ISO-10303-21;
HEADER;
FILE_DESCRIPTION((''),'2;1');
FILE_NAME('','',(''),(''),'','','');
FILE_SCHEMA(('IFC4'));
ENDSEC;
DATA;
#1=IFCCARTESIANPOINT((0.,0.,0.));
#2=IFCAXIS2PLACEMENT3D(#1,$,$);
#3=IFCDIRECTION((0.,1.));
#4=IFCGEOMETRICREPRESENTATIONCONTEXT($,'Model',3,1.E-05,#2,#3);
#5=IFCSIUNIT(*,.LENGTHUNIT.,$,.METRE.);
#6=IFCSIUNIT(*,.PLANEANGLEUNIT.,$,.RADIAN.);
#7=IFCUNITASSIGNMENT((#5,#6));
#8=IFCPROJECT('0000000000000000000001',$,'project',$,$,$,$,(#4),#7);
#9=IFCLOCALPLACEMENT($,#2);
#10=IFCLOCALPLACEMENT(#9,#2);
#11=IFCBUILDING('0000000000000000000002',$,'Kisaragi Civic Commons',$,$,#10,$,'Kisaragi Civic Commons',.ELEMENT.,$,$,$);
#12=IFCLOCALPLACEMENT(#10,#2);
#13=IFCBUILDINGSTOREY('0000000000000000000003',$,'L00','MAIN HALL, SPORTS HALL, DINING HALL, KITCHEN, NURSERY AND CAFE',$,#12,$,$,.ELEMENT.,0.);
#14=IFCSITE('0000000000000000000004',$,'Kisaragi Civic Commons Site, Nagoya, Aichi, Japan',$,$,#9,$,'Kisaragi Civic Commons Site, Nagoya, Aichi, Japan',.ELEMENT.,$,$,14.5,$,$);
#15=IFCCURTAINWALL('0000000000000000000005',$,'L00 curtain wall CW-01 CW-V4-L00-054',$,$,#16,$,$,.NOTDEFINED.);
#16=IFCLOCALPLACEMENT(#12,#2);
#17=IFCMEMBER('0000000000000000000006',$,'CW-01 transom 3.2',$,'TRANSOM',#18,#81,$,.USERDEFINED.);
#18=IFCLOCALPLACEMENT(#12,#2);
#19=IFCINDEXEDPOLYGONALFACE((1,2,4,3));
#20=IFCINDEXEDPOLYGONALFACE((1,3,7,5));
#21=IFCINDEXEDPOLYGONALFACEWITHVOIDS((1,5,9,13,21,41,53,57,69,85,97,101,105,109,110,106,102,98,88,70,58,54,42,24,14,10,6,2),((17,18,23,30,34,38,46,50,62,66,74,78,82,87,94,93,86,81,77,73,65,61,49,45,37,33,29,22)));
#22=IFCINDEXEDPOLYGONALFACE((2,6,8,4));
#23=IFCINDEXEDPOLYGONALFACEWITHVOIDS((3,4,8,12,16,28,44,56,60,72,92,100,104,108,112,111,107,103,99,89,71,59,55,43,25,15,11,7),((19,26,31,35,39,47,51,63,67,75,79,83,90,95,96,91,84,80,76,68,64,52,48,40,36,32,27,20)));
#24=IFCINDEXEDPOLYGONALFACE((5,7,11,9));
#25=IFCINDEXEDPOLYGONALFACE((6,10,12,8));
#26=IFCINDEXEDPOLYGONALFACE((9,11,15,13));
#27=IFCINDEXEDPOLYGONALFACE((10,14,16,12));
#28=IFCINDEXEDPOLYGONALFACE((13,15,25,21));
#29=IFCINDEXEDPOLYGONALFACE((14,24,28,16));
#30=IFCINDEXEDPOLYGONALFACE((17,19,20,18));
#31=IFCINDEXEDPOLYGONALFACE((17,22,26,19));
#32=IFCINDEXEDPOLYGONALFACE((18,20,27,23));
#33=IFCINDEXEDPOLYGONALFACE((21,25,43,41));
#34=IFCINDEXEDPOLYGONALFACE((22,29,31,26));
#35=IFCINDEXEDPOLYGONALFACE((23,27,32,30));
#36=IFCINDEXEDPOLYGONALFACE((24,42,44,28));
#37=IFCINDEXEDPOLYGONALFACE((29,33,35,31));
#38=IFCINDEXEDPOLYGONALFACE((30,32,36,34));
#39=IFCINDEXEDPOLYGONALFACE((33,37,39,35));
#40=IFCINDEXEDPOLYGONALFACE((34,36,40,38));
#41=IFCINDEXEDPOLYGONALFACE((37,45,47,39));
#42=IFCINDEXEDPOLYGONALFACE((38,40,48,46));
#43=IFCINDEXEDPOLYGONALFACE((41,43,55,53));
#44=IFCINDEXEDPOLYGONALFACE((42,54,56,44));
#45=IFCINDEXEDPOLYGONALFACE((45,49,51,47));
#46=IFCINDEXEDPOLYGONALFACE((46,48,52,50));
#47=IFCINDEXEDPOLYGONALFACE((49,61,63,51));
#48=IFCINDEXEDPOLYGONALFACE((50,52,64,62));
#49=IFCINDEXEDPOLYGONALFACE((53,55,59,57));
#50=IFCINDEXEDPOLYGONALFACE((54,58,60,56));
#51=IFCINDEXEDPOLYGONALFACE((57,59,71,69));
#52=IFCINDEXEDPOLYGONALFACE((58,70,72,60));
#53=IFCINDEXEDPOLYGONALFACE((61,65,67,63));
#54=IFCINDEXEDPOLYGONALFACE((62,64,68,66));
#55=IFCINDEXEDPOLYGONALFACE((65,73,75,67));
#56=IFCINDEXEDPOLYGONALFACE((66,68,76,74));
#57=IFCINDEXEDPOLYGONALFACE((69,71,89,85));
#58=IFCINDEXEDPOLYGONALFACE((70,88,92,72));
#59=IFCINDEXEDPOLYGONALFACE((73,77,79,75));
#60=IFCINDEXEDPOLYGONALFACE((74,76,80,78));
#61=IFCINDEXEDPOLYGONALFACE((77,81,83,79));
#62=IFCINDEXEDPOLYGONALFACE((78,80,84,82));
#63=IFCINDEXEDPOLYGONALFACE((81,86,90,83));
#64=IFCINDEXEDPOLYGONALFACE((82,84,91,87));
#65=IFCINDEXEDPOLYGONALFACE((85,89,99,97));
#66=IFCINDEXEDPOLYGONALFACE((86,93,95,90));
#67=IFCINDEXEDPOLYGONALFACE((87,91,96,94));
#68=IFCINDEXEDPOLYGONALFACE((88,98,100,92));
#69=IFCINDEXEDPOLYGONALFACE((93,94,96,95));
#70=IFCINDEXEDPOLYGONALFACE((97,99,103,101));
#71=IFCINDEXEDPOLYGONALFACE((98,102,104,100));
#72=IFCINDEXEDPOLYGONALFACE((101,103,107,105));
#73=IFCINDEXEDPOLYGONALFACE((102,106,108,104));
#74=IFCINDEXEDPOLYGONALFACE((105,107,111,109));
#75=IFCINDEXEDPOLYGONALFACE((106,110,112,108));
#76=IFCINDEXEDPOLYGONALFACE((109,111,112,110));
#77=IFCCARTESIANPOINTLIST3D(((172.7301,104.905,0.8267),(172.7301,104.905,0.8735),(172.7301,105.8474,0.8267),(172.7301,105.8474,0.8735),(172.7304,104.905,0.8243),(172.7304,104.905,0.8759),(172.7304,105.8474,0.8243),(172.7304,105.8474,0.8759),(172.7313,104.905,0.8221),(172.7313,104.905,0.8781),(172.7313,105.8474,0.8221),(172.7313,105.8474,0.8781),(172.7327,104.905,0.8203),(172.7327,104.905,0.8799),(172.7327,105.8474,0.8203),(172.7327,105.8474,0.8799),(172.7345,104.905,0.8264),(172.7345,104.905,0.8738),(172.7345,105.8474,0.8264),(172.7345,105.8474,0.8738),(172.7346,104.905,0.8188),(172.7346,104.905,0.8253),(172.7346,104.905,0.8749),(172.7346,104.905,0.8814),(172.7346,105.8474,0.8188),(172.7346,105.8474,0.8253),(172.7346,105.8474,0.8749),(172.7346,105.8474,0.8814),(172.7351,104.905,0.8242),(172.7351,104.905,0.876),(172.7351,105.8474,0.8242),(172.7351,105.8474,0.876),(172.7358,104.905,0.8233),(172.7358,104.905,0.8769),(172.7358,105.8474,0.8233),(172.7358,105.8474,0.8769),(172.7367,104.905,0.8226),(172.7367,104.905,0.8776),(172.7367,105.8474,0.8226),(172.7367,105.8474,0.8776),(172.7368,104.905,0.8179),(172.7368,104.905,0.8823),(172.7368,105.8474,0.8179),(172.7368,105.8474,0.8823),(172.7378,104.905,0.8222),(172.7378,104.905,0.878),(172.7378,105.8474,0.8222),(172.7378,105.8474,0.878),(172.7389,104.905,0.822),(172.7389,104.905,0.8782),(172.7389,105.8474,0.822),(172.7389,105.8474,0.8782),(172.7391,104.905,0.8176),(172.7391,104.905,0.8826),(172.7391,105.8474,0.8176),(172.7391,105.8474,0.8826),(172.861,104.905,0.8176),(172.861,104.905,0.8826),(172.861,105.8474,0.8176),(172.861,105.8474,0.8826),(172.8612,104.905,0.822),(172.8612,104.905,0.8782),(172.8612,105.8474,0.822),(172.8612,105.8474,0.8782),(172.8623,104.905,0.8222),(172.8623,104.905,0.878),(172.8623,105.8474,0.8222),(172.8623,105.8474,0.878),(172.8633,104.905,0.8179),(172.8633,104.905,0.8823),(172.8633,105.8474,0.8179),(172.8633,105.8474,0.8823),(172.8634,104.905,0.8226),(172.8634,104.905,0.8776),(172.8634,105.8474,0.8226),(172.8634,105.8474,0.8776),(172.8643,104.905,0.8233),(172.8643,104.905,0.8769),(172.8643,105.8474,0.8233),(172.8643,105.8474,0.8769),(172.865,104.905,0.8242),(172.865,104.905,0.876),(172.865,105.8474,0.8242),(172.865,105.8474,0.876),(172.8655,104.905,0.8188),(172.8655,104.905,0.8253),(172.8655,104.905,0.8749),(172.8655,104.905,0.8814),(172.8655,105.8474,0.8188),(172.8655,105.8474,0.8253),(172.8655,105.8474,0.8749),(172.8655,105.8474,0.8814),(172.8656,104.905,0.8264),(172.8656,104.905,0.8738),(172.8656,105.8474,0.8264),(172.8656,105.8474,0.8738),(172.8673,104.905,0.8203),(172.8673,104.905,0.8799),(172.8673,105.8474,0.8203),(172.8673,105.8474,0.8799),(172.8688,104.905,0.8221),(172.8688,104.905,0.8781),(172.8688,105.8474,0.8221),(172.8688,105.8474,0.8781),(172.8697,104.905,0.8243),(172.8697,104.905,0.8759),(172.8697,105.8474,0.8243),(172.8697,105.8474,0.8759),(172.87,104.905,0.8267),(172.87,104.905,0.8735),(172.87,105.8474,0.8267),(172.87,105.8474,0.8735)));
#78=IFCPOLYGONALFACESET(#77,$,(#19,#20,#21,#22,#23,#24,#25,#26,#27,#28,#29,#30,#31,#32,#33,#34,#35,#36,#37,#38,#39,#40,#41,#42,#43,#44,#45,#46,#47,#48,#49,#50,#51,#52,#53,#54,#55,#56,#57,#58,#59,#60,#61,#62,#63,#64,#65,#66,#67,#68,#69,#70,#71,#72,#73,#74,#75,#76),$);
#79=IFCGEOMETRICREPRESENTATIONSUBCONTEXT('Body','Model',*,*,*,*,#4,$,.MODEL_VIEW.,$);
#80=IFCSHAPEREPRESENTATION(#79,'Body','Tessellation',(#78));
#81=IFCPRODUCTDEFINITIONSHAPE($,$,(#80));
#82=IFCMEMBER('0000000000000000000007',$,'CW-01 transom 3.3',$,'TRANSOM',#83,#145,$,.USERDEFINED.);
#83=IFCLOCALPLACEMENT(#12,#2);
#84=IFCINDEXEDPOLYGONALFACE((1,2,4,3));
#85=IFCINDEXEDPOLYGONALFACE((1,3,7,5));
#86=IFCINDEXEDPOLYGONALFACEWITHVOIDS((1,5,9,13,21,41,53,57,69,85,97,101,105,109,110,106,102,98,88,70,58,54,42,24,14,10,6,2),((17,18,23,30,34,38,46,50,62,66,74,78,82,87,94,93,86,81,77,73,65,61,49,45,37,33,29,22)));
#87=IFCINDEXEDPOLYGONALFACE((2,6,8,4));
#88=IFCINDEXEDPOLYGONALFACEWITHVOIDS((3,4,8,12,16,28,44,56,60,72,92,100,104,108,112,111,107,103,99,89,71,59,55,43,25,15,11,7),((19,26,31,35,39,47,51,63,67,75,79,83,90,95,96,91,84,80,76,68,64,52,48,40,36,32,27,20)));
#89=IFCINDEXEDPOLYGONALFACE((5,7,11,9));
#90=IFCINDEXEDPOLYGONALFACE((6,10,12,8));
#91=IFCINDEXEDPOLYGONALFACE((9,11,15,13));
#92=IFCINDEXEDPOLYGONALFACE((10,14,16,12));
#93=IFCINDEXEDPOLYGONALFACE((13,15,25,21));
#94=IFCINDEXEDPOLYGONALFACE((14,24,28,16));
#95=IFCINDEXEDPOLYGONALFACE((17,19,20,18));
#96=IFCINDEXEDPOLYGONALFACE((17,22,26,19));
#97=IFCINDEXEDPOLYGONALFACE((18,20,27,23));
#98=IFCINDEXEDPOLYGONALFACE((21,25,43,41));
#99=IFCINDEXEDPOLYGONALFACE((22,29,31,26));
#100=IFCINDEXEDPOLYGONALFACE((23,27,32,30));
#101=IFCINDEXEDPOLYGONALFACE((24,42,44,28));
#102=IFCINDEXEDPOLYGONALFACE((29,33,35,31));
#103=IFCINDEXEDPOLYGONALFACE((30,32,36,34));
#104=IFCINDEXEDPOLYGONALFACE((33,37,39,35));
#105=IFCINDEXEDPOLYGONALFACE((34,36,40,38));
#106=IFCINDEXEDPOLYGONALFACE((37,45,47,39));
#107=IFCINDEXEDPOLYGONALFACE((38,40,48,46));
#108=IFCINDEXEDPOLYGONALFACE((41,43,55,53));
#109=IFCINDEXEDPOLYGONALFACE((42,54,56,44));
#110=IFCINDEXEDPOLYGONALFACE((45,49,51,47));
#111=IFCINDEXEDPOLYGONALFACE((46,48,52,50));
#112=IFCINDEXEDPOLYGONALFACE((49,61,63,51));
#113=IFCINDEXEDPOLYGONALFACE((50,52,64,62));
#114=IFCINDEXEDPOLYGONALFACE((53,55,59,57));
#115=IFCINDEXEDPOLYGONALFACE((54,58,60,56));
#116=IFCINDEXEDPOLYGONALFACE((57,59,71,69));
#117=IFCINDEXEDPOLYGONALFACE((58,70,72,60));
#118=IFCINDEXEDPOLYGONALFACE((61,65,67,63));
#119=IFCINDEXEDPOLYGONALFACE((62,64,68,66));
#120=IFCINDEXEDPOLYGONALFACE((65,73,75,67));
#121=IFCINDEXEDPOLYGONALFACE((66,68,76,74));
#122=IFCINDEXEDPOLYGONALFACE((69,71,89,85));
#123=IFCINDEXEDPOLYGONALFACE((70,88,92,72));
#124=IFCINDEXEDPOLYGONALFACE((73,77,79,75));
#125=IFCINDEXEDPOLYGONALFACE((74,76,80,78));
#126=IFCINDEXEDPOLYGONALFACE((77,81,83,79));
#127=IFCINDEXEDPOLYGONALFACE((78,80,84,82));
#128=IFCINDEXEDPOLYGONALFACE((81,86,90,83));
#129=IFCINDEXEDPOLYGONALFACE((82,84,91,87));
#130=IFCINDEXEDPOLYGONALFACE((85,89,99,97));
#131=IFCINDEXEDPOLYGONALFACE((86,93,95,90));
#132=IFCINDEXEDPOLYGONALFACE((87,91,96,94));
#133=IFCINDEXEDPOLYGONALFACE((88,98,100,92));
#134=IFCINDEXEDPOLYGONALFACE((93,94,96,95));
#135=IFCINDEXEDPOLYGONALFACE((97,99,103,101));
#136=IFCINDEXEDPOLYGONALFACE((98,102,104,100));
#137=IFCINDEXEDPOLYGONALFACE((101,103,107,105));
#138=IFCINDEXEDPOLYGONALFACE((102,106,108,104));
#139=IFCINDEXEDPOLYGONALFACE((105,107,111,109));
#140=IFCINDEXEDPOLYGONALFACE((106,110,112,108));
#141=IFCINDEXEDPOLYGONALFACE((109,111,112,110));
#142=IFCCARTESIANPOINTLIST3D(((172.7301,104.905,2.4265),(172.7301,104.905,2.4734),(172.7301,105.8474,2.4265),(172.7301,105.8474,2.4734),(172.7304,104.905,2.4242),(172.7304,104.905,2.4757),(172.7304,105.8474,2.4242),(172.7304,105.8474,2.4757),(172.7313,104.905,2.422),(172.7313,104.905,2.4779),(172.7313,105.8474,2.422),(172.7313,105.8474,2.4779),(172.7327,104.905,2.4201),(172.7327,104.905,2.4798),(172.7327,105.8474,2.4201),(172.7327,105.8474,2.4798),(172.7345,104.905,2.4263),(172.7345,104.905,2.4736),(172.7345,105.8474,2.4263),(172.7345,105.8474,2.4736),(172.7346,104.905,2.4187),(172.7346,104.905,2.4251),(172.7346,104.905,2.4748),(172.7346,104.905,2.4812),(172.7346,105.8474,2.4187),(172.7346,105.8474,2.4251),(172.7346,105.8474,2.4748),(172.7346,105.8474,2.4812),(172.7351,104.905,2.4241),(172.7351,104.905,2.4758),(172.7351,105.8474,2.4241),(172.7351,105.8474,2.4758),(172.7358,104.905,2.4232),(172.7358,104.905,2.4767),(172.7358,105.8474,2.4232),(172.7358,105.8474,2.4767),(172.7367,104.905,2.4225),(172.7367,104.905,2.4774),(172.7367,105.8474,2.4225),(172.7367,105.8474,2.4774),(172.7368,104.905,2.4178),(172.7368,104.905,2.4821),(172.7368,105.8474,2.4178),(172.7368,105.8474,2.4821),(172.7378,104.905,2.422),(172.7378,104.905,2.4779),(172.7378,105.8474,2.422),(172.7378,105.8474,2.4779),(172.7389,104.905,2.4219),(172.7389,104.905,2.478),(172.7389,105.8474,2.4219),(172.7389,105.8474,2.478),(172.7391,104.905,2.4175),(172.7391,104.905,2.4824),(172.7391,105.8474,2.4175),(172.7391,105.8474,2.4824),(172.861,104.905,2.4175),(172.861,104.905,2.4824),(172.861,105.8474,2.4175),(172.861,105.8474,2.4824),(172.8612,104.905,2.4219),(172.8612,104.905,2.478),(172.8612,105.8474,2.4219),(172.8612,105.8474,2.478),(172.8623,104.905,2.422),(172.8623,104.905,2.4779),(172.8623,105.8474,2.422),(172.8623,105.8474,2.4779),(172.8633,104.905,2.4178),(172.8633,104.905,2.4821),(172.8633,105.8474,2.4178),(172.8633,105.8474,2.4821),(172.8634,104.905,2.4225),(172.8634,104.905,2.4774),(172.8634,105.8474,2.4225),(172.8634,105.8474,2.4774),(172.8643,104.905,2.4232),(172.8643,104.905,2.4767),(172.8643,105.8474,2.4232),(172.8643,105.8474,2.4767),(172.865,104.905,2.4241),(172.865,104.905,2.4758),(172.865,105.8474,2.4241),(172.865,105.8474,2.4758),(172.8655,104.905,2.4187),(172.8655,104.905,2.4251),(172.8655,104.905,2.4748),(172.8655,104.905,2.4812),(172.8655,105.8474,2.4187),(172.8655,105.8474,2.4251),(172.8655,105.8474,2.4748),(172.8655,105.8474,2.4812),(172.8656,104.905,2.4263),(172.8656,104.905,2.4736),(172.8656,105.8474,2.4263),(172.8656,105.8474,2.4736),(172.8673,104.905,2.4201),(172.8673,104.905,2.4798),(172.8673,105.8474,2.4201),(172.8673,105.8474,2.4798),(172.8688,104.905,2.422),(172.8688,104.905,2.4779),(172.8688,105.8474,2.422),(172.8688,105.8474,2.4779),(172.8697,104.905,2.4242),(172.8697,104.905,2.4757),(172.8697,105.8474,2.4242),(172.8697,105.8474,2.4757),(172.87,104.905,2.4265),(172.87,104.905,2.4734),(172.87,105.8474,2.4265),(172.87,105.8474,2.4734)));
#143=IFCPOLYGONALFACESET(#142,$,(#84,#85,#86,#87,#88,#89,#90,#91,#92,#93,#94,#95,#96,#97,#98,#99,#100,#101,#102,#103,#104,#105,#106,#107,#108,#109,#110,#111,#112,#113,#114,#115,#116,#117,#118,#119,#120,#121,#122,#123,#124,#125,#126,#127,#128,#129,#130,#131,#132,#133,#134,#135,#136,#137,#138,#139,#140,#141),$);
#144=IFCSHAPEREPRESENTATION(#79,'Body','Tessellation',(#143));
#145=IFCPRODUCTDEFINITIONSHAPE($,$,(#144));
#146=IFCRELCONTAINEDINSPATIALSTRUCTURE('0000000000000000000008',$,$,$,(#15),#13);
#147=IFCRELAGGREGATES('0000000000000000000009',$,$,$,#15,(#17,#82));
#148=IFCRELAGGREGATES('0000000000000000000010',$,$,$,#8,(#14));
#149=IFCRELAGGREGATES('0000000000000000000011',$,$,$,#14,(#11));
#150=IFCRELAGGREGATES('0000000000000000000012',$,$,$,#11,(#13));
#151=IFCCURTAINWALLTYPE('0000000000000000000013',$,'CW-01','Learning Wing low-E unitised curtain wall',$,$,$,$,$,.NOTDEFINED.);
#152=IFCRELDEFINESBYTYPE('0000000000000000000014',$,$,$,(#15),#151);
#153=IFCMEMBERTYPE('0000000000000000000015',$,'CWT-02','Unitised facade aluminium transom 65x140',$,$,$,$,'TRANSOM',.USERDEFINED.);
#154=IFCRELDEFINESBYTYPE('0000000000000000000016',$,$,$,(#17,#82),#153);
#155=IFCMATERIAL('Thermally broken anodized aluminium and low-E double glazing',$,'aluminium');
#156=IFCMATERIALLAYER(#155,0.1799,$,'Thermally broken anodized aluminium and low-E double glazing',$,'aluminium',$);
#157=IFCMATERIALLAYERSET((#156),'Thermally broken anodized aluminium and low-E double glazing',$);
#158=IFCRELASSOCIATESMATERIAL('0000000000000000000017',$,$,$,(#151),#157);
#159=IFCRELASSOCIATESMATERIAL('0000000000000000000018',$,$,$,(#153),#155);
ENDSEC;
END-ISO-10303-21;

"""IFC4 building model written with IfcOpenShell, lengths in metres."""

from ifc_helpers import new_model, si_unit, direction, frame, origin, origin_2d, place, context, subcontext, project, spatial, hollow_rectangle, extrude, material, layer, layer_set, material_profile, profile_set, type_object, element, aggregate, save


model = new_model("IFC4")

# Units and contexts
model_context = context("Model", 3, precision=1e-05, world=origin(), true_north=direction((0.0, 1.0)))
body_context = subcontext(model_context, "Body", "Model", "MODEL_VIEW")
ifc_project = project(units=[si_unit("LENGTHUNIT", "METRE"), si_unit("PLANEANGLEUNIT", "RADIAN")], contexts=[model_context])

# Site, building, storey
site_placement = place(None, origin())
site = spatial("IfcSite", under=ifc_project, at=site_placement, Name="Kisaragi Civic Commons Site, Nagoya, Aichi, Japan", LongName="Kisaragi Civic Commons Site, Nagoya, Aichi, Japan", CompositionType="ELEMENT", RefElevation=14.5)
building_placement = place(site_placement, origin())
building = spatial("IfcBuilding", under=site, at=building_placement, Name="Kisaragi Civic Commons", LongName="Kisaragi Civic Commons", CompositionType="ELEMENT")
storey_placement = place(building_placement, origin())
storey = spatial("IfcBuildingStorey", under=building, at=storey_placement, Name="L00", Description="MAIN HALL, SPORTS HALL, DINING HALL, KITCHEN, NURSERY AND CAFE", CompositionType="ELEMENT", Elevation=0.0)

# Shared definitions
ifc_material_1 = material(Name="Thermally broken anodized aluminium and low-E double glazing", Category="aluminium")
ifc_layer_1 = layer(ifc_material_1, 0.1799, Name="Thermally broken anodized aluminium and low-E double glazing", Category="aluminium")
ifc_layer_set_1 = layer_set([ifc_layer_1], Name="Thermally broken anodized aluminium and low-E double glazing")
curtain_wall_type = type_object("IfcCurtainWallType", Name="CW-01", Description="Learning Wing low-E unitised curtain wall", PredefinedType="NOTDEFINED", material=ifc_layer_set_1)

# Curtain wall, members
curtain_wall_1_placement = place(storey_placement, origin())
curtain_wall_1 = element("IfcCurtainWall", 1, at=curtain_wall_1_placement, inside=storey, type_object=curtain_wall_type, Name="L00 curtain wall CW-01 CW-V4-L00-054", PredefinedType="NOTDEFINED")
ifc_material_profile_1 = material_profile(ifc_material_1, hollow_rectangle(XDim=0.1399, YDim=0.0649, WallThickness=0.0044, InnerFilletRadius=0.0044, OuterFilletRadius=0.009, at=origin_2d()), Name="CWT-65x140x4.5", Category="aluminium")
ifc_profile_set_1 = profile_set([ifc_material_profile_1], Name="Thermally broken anodized aluminium and low-E double glazing")
member_type_1 = type_object("IfcMemberType", Name="CWT-02", Description="Unitised facade aluminium transom 65x140", ElementType="TRANSOM", PredefinedType="USERDEFINED", material=ifc_profile_set_1)
member_1_placement = place(storey_placement, frame((172.8, 105.8474, 0.8501), z_axis=(0.0, -1.0, 0.0), x_axis=(1.0, 0.0, 0.0)))
member_1 = element("IfcMember", 2, at=member_1_placement, type_object=member_type_1, Name="CW-01 transom 3.2", ObjectType="TRANSOM", PredefinedType="USERDEFINED", context=body_context, shape_type="SweptSolid", body=[
    extrude(hollow_rectangle(XDim=0.1399, YDim=0.0649, WallThickness=0.0044, InnerFilletRadius=0.0044, OuterFilletRadius=0.009, at=origin_2d()), origin(), (0.0, 0.0, 1.0), 0.9424),
])
member_2_placement = place(storey_placement, frame((172.8, 105.8474, 2.45), z_axis=(0.0, -1.0, 0.0), x_axis=(1.0, 0.0, 0.0)))
member_2 = element("IfcMember", 3, at=member_2_placement, type_object=member_type_1, Name="CW-01 transom 3.3", ObjectType="TRANSOM", PredefinedType="USERDEFINED", context=body_context, shape_type="SweptSolid", body=[
    extrude(hollow_rectangle(XDim=0.1399, YDim=0.0649, WallThickness=0.0044, InnerFilletRadius=0.0044, OuterFilletRadius=0.009, at=origin_2d()), origin(), (0.0, 0.0, 1.0), 0.9424),
])

aggregate(curtain_wall_1, [member_1, member_2])

save(model, "model.ifc")
